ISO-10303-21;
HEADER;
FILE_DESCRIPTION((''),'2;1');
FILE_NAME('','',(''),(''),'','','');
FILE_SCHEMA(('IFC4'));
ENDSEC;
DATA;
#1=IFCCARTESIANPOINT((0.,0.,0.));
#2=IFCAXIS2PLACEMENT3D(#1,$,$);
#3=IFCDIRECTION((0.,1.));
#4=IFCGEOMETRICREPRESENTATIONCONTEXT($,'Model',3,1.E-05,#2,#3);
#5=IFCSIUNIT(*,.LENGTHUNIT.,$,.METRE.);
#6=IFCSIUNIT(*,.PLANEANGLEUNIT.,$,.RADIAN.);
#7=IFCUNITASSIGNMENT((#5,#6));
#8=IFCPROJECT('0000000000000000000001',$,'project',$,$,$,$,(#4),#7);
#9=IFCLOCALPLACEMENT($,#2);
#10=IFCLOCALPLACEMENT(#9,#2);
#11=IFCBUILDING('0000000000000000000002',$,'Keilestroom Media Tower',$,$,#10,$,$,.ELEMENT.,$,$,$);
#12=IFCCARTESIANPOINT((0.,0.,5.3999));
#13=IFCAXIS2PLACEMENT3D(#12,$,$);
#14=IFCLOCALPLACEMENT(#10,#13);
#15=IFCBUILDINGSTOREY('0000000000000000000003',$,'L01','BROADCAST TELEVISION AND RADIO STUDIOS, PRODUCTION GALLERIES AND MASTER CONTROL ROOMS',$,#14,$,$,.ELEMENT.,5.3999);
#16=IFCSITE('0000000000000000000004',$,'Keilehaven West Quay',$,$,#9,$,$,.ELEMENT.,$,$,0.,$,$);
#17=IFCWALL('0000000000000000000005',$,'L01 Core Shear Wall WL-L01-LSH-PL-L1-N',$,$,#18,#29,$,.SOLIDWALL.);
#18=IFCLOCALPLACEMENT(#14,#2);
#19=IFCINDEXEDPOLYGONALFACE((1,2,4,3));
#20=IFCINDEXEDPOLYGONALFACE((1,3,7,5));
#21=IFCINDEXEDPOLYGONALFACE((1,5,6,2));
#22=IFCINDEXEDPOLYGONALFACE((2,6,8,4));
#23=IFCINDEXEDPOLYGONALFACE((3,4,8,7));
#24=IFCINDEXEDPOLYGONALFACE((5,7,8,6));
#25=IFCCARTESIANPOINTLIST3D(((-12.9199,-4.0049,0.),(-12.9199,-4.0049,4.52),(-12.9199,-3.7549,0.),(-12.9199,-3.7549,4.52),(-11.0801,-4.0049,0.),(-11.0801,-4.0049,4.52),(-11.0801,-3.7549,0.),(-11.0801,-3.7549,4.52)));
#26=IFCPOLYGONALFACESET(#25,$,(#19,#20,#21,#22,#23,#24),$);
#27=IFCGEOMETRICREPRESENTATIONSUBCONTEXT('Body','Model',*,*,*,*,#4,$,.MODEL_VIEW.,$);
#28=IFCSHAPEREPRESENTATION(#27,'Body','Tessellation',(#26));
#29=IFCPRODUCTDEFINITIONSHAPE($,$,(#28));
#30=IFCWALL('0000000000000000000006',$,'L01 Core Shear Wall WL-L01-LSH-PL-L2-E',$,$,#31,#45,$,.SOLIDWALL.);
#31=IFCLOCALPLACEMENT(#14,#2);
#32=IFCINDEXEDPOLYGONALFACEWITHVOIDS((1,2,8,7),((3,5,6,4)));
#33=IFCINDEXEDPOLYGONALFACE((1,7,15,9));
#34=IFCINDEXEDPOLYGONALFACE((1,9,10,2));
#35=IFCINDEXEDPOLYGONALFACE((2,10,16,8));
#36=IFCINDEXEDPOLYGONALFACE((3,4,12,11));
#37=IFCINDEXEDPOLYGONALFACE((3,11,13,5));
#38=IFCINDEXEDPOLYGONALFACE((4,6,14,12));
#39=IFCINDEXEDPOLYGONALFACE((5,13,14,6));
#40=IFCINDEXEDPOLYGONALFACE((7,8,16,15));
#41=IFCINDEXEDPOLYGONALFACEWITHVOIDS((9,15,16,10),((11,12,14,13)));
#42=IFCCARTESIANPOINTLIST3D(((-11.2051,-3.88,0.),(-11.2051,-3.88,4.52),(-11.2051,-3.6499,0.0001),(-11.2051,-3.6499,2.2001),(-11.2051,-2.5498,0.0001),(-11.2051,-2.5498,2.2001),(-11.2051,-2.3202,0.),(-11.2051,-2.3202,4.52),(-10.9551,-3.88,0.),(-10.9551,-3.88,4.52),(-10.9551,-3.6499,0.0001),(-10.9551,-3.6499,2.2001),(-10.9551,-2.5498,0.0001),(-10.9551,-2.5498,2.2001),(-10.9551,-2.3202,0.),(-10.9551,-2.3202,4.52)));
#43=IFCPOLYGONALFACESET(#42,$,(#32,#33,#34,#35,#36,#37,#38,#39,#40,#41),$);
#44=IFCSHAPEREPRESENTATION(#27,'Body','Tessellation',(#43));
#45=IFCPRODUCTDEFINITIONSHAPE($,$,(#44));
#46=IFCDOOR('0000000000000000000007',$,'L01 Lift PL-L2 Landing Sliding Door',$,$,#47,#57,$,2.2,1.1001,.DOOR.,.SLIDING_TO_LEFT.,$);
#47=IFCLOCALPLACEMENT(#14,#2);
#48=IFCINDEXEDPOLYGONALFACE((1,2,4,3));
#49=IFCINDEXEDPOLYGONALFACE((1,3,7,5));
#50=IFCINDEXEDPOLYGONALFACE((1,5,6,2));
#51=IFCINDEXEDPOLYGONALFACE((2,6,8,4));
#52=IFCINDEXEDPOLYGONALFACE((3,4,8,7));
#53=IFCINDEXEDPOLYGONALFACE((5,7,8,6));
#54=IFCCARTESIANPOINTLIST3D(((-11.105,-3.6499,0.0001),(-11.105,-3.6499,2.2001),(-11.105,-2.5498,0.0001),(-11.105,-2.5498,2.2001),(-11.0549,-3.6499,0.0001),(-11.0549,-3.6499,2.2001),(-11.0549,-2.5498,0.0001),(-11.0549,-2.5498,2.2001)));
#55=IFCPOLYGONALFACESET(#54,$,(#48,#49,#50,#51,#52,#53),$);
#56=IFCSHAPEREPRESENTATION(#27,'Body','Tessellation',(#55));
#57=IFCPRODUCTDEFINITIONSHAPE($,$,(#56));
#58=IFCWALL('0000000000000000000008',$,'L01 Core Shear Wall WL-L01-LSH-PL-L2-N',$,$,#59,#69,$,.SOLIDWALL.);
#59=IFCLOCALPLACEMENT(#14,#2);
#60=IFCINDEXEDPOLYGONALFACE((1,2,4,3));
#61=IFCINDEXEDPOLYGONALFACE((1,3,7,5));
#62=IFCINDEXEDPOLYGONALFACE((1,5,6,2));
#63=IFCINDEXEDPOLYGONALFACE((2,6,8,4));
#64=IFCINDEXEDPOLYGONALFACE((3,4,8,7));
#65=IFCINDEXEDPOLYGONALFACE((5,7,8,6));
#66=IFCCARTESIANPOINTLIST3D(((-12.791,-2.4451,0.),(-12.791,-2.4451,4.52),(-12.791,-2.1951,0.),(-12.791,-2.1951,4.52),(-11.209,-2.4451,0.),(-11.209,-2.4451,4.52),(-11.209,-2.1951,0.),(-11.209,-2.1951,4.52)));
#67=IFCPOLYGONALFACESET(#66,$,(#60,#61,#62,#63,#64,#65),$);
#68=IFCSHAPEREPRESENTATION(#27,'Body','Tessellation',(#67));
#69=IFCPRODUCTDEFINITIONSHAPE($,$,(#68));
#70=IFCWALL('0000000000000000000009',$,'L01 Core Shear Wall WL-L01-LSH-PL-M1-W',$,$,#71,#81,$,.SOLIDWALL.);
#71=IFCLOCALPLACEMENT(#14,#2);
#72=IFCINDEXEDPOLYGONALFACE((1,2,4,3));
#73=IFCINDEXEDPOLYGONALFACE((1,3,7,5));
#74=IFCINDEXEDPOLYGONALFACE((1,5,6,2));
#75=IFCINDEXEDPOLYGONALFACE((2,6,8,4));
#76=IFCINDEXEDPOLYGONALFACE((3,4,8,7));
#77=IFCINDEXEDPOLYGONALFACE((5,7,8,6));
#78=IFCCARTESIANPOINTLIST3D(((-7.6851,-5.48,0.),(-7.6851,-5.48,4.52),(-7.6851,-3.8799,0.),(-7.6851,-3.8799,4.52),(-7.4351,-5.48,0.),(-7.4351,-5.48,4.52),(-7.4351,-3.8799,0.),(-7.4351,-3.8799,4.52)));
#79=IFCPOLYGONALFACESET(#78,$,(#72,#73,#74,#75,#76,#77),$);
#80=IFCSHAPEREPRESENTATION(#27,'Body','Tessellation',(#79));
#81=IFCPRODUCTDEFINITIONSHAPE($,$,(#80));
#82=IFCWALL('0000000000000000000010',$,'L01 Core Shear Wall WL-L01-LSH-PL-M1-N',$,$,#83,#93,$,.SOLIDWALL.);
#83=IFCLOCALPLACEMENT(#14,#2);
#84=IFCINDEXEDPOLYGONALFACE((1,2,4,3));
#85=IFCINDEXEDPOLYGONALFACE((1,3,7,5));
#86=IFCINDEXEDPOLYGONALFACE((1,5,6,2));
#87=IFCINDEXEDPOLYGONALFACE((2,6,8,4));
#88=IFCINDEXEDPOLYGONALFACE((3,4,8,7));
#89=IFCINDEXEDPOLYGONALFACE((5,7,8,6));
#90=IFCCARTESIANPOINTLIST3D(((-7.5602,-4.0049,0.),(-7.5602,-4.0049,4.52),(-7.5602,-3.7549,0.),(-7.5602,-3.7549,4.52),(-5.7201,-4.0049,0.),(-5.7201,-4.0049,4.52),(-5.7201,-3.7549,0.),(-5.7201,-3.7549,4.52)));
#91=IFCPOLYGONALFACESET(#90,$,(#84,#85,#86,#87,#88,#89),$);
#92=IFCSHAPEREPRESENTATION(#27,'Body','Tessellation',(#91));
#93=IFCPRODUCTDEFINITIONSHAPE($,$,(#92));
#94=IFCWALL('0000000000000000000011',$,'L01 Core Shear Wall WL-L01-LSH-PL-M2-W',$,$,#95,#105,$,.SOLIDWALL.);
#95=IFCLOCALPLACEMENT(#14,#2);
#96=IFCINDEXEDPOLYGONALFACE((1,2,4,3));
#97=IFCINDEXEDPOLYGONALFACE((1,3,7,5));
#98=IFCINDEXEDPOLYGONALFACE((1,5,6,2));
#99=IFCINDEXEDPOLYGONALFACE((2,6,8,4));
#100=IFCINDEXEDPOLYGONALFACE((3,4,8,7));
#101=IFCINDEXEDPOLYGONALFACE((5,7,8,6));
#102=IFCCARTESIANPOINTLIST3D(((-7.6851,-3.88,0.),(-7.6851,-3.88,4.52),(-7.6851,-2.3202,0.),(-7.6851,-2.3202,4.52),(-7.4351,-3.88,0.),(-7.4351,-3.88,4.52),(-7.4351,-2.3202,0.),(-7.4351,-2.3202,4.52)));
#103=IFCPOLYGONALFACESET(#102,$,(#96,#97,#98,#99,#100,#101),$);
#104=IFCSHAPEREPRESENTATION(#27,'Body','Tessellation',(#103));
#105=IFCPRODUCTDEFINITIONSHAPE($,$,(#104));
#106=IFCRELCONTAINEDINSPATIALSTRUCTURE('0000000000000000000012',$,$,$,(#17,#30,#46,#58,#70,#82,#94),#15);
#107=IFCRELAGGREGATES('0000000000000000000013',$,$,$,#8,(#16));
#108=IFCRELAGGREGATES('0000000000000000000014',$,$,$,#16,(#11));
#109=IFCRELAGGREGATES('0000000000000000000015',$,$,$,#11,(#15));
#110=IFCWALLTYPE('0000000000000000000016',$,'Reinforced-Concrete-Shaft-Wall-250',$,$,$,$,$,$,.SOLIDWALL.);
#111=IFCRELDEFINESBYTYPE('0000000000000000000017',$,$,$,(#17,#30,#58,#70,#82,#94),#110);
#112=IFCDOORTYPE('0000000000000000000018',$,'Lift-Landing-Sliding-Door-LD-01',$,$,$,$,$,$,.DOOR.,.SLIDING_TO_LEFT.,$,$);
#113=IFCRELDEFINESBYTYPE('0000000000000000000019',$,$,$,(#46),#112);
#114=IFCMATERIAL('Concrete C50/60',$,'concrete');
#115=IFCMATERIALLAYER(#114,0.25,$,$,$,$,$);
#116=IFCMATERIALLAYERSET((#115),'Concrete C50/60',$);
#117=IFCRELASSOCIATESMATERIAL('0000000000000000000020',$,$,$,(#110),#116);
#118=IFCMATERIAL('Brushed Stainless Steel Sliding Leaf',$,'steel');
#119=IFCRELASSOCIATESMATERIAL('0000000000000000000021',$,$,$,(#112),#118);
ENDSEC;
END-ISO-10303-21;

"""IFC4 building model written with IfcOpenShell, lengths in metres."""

from ifc_helpers import new_model, si_unit, direction, frame, frame_2d, origin, place, context, subcontext, project, spatial, rectangle, extrude, source, transform, mapped, material, layer, layer_set, type_object, element, fill, save


model = new_model("IFC4")

# Units and contexts
model_context = context("Model", 3, precision=1e-05, world=origin(), true_north=direction((0.0, 1.0)))
body_context = subcontext(model_context, "Body", "Model", "MODEL_VIEW")
ifc_project = project(units=[si_unit("LENGTHUNIT", "METRE"), si_unit("PLANEANGLEUNIT", "RADIAN")], contexts=[model_context])

# Site, building, storey
site_placement = place(None, origin())
site = spatial("IfcSite", under=ifc_project, at=site_placement, Name="Keilehaven West Quay", CompositionType="ELEMENT", RefElevation=0.0)
building_placement = place(site_placement, origin())
building = spatial("IfcBuilding", under=site, at=building_placement, Name="Keilestroom Media Tower", CompositionType="ELEMENT")
storey_placement = place(building_placement, frame((0.0, 0.0, 5.3999)))
storey = spatial("IfcBuildingStorey", under=building, at=storey_placement, Name="L01", Description="BROADCAST TELEVISION AND RADIO STUDIOS, PRODUCTION GALLERIES AND MASTER CONTROL ROOMS", CompositionType="ELEMENT", Elevation=5.3999)

# Shared definitions
ifc_material_1 = material(Name="Concrete C50/60", Category="concrete")
ifc_layer_1 = layer(ifc_material_1, 0.25)
ifc_layer_set_1 = layer_set([ifc_layer_1], Name="Concrete C50/60")
wall_type_1 = type_object("IfcWallType", Name="Reinforced-Concrete-Shaft-Wall-250", PredefinedType="SOLIDWALL", material=ifc_layer_set_1)

# Shared definitions
ifc_material_2 = material(Name="Brushed Stainless Steel Sliding Leaf", Category="steel")
door_type_1 = type_object("IfcDoorType", Name="Lift-Landing-Sliding-Door-LD-01", OperationType="SLIDING_TO_LEFT", PredefinedType="DOOR", material=ifc_material_2)
shared_shape_1 = source(origin(), body_context, "Body", "SweptSolid", [
    extrude(rectangle(XDim=1.1001, YDim=2.2, at=frame_2d((0.55, 1.1001))), frame((0.0, 0.0249, 0.0), z_axis=(0.0, -1.0, 0.0), x_axis=(1.0, 0.0, 0.0)), (0.0, 0.0, 1.0), 0.05),
])

# Wall
wall_1_placement = place(storey_placement, frame((-12.9199, -3.8799, 0.0), z_axis=(0.0, 0.0, 1.0), x_axis=(1.0, 0.0, 0.0)))
element("IfcWall", 1, at=wall_1_placement, inside=storey, type_object=wall_type_1, Name="L01 Core Shear Wall WL-L01-LSH-PL-L1-N", PredefinedType="SOLIDWALL", context=body_context, shape_type="SweptSolid", body=[
    extrude(rectangle(XDim=1.8398, YDim=0.25, at=frame_2d((0.9199, 0.0))), origin(), (0.0, 0.0, 1.0), 4.52),
])

# Wall, opening, door
wall_2_placement = place(storey_placement, frame((-11.0801, -3.8799, 0.0), z_axis=(0.0, 0.0, 1.0), x_axis=(0.0, 1.0, 0.0)))
wall_2 = element("IfcWall", 2, at=wall_2_placement, inside=storey, type_object=wall_type_1, Name="L01 Core Shear Wall WL-L01-LSH-PL-L2-E", PredefinedType="SOLIDWALL", context=body_context, shape_type="SweptSolid", body=[
    extrude(rectangle(XDim=1.5598, YDim=0.25, at=frame_2d((0.7798, 0.0))), origin(), (0.0, 0.0, 1.0), 4.52),
])
opening_1_placement = place(wall_2_placement, frame((0.23, 0.0, 0.0)))
opening_1 = element("IfcOpeningElement", 3, at=opening_1_placement, cuts=wall_2, PredefinedType="OPENING", context=body_context, shape_type="SweptSolid", body=[
    extrude(rectangle(XDim=1.1001, YDim=2.2, at=frame_2d((0.55, 1.1001))), frame((0.0, 0.135, 0.0), z_axis=(0.0, -1.0, 0.0), x_axis=(1.0, 0.0, 0.0)), (0.0, 0.0, 1.0), 0.27),
])
door_1_placement = place(opening_1_placement, origin())
door_1 = element("IfcDoor", 4, at=door_1_placement, inside=storey, type_object=door_type_1, Name="L01 Lift PL-L2 Landing Sliding Door", OperationType="SLIDING_TO_LEFT", OverallHeight=2.2, OverallWidth=1.1001, PredefinedType="DOOR", context=body_context, shape_type="MappedRepresentation", body=[
    mapped(shared_shape_1, transform((0.0, 0.0, 0.0), x_axis=(1.0, 0.0, 0.0), y_axis=(0.0, 1.0, 0.0), z_axis=(0.0, 0.0, 1.0), scale=1.0)),
])
fill(opening_1, door_1)

# Walls
wall_3_placement = place(storey_placement, frame((-12.791, -2.3201, 0.0), z_axis=(0.0, 0.0, 1.0), x_axis=(1.0, 0.0, 0.0)))
element("IfcWall", 5, at=wall_3_placement, inside=storey, type_object=wall_type_1, Name="L01 Core Shear Wall WL-L01-LSH-PL-L2-N", PredefinedType="SOLIDWALL", context=body_context, shape_type="SweptSolid", body=[
    extrude(rectangle(XDim=1.582, YDim=0.25, at=frame_2d((0.791, 0.0))), origin(), (0.0, 0.0, 1.0), 4.52),
])
wall_4_placement = place(storey_placement, frame((-7.5601, -5.48, 0.0), z_axis=(0.0, 0.0, 1.0), x_axis=(0.0, 1.0, 0.0)))
element("IfcWall", 6, at=wall_4_placement, inside=storey, type_object=wall_type_1, Name="L01 Core Shear Wall WL-L01-LSH-PL-M1-W", PredefinedType="SOLIDWALL", context=body_context, shape_type="SweptSolid", body=[
    extrude(rectangle(XDim=1.6001, YDim=0.25, at=frame_2d((0.8, 0.0))), origin(), (0.0, 0.0, 1.0), 4.52),
])
wall_5_placement = place(storey_placement, frame((-7.5601, -3.8799, 0.0), z_axis=(0.0, 0.0, 1.0), x_axis=(1.0, 0.0, 0.0)))
element("IfcWall", 7, at=wall_5_placement, inside=storey, type_object=wall_type_1, Name="L01 Core Shear Wall WL-L01-LSH-PL-M1-N", PredefinedType="SOLIDWALL", context=body_context, shape_type="SweptSolid", body=[
    extrude(rectangle(XDim=1.8401, YDim=0.25, at=frame_2d((0.9199, 0.0))), origin(), (0.0, 0.0, 1.0), 4.52),
])
wall_6_placement = place(storey_placement, frame((-7.5601, -3.8799, 0.0), z_axis=(0.0, 0.0, 1.0), x_axis=(0.0, 1.0, 0.0)))
element("IfcWall", 8, at=wall_6_placement, inside=storey, type_object=wall_type_1, Name="L01 Core Shear Wall WL-L01-LSH-PL-M2-W", PredefinedType="SOLIDWALL", context=body_context, shape_type="SweptSolid", body=[
    extrude(rectangle(XDim=1.5598, YDim=0.25, at=frame_2d((0.7798, 0.0))), origin(), (0.0, 0.0, 1.0), 4.52),
])

save(model, "model.ifc")
